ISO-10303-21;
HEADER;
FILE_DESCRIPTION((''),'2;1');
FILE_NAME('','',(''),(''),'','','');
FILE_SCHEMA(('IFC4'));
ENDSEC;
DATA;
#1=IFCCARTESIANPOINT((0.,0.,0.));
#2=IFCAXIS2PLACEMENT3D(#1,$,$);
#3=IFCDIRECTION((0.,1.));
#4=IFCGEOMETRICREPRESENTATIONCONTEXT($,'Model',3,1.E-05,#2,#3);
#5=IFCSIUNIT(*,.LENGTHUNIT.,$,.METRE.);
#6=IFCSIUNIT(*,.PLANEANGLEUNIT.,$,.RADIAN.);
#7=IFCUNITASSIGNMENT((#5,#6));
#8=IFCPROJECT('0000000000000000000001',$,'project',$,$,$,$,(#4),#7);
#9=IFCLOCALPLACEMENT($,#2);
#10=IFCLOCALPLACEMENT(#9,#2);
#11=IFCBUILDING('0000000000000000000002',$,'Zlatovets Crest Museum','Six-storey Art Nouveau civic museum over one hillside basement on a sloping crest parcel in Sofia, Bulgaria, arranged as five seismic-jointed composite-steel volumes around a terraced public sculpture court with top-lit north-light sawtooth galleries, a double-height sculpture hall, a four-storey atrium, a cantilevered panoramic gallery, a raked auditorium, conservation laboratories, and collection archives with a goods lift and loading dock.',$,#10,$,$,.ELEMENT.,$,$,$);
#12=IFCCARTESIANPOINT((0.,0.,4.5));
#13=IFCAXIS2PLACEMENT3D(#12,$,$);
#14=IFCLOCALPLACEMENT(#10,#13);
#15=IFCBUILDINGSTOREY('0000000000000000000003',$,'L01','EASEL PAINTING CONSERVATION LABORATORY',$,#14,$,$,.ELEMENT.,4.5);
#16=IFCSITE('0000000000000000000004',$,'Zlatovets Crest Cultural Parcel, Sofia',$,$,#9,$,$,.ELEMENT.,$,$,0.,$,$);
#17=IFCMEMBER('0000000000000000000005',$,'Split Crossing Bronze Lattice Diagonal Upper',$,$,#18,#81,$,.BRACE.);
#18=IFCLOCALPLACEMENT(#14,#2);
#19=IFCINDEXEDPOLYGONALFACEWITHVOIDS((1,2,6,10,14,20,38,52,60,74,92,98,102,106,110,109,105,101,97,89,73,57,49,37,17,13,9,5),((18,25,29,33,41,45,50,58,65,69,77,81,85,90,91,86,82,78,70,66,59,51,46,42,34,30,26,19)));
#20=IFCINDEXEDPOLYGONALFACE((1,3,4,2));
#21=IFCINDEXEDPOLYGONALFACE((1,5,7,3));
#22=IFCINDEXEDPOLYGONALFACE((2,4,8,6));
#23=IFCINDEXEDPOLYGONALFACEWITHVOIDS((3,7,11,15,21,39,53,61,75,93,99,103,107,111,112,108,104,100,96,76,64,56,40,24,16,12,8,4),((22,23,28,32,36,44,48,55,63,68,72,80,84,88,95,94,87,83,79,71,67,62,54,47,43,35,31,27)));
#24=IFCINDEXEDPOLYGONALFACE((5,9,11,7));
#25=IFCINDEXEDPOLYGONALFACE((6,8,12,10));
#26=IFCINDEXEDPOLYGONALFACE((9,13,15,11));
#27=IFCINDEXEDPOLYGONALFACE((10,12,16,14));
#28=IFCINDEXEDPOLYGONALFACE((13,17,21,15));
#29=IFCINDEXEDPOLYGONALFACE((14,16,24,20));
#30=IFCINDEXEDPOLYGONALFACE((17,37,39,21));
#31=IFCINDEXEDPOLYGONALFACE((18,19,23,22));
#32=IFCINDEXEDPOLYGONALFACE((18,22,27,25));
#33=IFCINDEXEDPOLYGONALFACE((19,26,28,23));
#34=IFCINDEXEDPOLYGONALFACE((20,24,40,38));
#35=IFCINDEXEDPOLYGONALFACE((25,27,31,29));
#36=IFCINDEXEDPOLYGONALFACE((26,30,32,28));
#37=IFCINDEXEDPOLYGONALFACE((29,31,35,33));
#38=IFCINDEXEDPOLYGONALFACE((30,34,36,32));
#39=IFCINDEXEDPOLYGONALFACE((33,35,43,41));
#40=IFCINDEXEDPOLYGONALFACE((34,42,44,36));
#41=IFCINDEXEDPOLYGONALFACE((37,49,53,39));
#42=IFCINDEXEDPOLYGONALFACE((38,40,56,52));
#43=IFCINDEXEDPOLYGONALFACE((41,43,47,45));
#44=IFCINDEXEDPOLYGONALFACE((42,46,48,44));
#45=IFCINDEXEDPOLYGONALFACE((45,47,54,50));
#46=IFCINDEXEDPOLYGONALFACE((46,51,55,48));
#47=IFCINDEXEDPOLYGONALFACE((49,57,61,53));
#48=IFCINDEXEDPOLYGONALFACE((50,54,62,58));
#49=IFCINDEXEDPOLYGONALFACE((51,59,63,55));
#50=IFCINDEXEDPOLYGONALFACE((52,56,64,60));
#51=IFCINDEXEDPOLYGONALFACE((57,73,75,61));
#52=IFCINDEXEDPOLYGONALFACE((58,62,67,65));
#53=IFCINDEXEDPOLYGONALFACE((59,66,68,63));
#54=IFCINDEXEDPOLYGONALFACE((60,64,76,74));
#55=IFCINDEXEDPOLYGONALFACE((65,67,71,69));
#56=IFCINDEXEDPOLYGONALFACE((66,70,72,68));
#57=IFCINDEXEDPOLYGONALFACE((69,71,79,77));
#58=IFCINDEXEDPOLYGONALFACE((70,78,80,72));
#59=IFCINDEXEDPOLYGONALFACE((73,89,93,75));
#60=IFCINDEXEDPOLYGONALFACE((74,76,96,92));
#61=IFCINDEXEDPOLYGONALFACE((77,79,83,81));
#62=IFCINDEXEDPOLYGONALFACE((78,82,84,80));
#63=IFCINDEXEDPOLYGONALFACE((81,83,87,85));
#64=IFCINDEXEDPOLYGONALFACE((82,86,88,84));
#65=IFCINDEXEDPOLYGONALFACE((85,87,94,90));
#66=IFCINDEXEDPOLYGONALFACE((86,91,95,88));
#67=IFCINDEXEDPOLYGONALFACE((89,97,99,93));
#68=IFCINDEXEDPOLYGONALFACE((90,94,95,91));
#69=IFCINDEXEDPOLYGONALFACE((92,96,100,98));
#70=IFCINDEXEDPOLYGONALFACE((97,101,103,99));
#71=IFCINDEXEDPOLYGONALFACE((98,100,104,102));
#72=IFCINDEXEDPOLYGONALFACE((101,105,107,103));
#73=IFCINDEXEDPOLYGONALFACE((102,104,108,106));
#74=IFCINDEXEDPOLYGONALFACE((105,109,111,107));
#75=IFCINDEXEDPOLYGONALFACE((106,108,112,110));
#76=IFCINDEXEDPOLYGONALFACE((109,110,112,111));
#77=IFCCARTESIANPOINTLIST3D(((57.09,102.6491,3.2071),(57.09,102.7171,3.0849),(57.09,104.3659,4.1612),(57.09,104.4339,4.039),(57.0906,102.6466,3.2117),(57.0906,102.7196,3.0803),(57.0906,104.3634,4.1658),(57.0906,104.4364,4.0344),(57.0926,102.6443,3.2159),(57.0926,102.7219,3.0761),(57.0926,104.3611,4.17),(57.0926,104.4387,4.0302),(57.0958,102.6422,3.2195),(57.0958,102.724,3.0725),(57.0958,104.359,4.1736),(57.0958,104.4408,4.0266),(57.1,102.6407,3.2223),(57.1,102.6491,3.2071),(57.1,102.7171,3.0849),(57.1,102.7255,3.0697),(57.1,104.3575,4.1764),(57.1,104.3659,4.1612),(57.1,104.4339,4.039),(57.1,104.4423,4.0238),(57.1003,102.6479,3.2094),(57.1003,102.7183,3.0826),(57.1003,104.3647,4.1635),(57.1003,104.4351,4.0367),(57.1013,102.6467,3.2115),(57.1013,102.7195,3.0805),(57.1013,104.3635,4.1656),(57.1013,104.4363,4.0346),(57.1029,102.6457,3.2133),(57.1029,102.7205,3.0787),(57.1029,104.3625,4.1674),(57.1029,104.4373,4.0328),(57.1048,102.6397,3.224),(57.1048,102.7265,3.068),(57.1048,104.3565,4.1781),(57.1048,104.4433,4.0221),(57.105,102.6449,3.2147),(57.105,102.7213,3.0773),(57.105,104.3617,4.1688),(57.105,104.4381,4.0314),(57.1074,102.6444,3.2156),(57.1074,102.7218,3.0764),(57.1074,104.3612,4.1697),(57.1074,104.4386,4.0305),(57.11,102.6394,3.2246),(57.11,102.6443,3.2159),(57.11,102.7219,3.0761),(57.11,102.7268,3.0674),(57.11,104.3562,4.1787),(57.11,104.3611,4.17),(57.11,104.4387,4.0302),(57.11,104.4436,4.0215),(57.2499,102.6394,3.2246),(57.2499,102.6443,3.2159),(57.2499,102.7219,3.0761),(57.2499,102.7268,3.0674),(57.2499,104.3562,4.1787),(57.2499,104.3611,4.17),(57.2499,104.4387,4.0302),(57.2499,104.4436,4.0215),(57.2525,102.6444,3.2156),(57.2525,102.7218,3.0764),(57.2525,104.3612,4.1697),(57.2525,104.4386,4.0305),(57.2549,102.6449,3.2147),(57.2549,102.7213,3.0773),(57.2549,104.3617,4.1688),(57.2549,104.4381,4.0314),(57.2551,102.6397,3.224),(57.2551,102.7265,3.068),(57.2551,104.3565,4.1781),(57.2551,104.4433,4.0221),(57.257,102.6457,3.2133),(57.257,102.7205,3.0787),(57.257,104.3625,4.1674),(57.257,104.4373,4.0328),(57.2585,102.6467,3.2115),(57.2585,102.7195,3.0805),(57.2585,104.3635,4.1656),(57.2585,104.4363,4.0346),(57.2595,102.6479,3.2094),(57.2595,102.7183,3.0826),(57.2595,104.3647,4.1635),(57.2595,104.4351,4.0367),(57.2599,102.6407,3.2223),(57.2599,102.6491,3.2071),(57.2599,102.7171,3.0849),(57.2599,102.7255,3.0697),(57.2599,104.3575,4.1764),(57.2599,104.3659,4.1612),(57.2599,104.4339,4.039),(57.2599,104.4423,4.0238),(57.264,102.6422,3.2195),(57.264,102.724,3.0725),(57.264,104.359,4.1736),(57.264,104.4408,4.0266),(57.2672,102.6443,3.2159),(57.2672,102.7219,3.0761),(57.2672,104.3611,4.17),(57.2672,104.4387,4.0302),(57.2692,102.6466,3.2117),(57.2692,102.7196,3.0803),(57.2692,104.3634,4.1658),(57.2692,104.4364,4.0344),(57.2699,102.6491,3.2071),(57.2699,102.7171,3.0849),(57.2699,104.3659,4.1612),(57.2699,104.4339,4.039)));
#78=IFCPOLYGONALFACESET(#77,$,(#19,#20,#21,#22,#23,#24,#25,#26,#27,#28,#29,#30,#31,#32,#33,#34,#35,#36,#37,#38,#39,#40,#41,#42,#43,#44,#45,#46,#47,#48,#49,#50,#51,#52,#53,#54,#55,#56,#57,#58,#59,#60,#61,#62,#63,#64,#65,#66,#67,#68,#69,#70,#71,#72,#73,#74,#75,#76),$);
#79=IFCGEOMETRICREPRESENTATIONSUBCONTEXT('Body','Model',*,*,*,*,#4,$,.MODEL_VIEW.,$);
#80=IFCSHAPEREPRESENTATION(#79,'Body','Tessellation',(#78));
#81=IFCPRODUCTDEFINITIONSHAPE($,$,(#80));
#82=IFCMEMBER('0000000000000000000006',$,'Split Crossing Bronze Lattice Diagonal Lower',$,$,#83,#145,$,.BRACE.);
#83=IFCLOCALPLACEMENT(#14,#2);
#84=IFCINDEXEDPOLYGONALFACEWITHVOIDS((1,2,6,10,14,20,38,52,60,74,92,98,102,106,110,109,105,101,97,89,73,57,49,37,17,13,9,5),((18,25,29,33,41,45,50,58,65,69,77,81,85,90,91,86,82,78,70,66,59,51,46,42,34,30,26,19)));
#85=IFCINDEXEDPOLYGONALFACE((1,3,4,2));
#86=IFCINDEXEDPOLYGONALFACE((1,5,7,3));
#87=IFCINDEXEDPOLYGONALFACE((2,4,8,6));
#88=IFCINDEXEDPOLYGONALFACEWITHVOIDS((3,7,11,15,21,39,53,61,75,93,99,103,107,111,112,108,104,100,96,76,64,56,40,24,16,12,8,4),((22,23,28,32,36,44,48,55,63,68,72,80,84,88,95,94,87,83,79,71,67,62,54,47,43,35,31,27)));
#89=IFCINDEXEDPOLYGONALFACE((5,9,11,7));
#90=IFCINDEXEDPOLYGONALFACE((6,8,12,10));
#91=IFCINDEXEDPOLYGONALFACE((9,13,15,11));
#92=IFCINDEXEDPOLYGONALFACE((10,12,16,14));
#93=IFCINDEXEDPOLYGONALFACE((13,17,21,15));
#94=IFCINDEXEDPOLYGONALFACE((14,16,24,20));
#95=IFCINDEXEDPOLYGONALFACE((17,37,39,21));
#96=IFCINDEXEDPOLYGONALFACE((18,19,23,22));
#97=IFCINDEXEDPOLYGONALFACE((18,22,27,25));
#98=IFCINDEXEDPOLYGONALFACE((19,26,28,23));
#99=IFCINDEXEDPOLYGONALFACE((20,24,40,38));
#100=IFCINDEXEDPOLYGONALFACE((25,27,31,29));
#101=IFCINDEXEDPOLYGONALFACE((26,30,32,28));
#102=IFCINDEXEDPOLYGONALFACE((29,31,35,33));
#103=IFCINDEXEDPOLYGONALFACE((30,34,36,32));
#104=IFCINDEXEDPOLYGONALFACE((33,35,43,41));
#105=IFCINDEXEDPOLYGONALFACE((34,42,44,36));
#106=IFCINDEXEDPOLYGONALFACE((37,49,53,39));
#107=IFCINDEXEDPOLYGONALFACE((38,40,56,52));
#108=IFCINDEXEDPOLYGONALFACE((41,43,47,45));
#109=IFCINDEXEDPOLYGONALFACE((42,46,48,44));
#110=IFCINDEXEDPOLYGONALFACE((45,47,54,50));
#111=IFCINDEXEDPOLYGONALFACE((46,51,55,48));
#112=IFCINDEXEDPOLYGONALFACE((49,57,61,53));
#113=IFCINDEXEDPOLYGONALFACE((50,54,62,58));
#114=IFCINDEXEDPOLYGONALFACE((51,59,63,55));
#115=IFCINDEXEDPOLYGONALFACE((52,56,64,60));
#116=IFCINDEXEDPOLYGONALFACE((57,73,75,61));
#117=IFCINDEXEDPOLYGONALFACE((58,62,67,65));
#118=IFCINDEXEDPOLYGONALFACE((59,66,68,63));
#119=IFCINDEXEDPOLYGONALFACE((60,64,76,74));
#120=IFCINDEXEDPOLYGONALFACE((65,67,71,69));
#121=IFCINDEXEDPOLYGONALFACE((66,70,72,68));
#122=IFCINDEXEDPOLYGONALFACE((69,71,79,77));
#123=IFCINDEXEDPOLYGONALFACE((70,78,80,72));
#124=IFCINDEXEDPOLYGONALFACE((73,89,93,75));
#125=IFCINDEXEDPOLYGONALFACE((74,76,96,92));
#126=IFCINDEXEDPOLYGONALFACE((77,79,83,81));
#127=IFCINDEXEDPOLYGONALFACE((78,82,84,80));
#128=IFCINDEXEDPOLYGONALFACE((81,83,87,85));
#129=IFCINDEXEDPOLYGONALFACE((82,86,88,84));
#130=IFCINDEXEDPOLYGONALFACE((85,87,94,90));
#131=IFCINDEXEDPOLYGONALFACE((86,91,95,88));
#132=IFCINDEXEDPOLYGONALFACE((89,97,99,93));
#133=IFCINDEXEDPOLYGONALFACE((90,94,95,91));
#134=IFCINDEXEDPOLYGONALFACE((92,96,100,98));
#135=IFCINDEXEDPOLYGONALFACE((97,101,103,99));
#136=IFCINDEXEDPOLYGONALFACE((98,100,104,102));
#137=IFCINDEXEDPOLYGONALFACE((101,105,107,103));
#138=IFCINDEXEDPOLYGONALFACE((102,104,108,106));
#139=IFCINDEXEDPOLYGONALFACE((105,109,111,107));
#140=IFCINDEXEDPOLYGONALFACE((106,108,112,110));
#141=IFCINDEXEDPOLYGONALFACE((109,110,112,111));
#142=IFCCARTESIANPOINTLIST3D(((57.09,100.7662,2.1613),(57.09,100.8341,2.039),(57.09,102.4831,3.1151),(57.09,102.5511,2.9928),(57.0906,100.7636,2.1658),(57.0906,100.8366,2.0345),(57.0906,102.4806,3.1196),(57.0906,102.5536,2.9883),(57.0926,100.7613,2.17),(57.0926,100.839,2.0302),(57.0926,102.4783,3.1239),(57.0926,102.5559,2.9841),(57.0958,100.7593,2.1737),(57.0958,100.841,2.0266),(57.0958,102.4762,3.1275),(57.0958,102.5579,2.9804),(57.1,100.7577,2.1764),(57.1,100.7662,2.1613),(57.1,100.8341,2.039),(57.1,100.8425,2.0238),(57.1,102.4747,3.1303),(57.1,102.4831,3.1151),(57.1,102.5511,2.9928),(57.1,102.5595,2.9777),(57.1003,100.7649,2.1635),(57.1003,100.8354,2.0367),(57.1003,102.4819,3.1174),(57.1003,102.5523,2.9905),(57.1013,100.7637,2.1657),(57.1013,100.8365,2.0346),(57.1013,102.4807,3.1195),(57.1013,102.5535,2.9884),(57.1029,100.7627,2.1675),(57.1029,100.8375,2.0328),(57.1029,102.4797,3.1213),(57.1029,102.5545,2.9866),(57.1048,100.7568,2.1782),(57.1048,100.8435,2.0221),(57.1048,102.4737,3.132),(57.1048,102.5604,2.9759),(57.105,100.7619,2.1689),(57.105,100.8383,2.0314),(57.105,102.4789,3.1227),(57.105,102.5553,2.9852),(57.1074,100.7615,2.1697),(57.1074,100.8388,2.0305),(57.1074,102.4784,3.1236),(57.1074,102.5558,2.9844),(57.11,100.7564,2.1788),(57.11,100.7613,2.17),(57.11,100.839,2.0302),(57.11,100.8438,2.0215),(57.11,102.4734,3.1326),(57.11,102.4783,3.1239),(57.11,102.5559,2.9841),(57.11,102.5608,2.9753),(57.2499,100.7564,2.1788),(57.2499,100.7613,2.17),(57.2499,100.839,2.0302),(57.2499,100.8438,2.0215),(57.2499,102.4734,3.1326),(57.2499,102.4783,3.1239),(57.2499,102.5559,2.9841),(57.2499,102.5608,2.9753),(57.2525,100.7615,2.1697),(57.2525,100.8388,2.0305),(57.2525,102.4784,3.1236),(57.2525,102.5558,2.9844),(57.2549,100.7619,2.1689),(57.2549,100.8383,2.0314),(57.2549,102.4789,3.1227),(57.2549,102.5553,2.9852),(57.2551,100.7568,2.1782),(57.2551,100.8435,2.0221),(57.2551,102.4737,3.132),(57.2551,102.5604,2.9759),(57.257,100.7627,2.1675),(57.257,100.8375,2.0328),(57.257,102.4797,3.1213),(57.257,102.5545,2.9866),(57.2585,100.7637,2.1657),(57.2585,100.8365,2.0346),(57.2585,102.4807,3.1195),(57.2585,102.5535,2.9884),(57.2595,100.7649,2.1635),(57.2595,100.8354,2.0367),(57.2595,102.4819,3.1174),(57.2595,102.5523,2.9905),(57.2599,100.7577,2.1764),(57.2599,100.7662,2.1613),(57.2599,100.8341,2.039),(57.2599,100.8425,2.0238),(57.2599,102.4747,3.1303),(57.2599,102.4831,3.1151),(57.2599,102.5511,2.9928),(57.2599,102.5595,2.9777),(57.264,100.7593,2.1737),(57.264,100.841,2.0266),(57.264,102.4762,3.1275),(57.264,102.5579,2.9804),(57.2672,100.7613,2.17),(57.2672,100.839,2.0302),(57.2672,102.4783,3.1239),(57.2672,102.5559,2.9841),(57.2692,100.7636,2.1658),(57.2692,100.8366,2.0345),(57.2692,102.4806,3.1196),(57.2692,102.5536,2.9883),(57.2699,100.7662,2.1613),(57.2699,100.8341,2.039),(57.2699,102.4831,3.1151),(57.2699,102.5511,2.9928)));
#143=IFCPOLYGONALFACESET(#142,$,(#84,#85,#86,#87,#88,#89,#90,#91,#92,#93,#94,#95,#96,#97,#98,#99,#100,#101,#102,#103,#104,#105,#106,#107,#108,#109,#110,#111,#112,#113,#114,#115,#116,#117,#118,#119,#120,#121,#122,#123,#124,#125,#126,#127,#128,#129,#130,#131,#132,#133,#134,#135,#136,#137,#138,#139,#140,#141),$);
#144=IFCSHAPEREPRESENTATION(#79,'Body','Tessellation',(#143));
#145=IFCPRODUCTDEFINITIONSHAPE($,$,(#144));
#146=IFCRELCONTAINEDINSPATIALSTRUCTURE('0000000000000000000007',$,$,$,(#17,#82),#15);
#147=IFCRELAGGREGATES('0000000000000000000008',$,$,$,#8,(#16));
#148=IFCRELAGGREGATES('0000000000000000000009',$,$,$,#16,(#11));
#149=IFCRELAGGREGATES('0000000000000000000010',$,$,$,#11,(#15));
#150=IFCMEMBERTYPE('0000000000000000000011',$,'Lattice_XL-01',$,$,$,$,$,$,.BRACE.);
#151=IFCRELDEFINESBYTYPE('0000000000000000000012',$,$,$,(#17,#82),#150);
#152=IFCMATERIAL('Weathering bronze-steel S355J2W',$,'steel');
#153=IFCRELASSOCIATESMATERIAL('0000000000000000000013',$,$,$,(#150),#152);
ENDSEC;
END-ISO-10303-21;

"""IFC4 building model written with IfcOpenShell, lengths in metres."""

from ifc_helpers import new_model, si_unit, direction, frame, origin, origin_2d, place, context, subcontext, project, spatial, hollow_rectangle, extrude, material, material_profile, profile_set, type_object, element, save


model = new_model("IFC4")

# Units and contexts
model_context = context("Model", 3, precision=1e-05, world=origin(), true_north=direction((0.0, 1.0)))
body_context = subcontext(model_context, "Body", "Model", "MODEL_VIEW")
ifc_project = project(units=[si_unit("LENGTHUNIT", "METRE"), si_unit("PLANEANGLEUNIT", "RADIAN")], contexts=[model_context])

# Site, building, storey
site_placement = place(None, origin())
site = spatial("IfcSite", under=ifc_project, at=site_placement, Name="Zlatovets Crest Cultural Parcel, Sofia", CompositionType="ELEMENT", RefElevation=0.0)
building_placement = place(site_placement, origin())
building = spatial("IfcBuilding", under=site, at=building_placement, Name="Zlatovets Crest Museum", Description="Six-storey Art Nouveau civic museum over one hillside basement on a sloping crest parcel in Sofia, Bulgaria, arranged as five seismic-jointed composite-steel volumes around a terraced public sculpture court with top-lit north-light sawtooth galleries, a double-height sculpture hall, a four-storey atrium, a cantilevered panoramic gallery, a raked auditorium, conservation laboratories, and collection archives with a goods lift and loading dock.", CompositionType="ELEMENT")
storey_placement = place(building_placement, frame((0.0, 0.0, 4.5)))
storey = spatial("IfcBuildingStorey", under=building, at=storey_placement, Name="L01", Description="EASEL PAINTING CONSERVATION LABORATORY", CompositionType="ELEMENT", Elevation=4.5)

# Members
ifc_material_1 = material(Name="Weathering bronze-steel S355J2W", Category="steel")
ifc_material_profile_1 = material_profile(ifc_material_1, hollow_rectangle(XDim=0.1799, YDim=0.1799, WallThickness=0.01, InnerFilletRadius=0.01, OuterFilletRadius=0.02, at=origin_2d()), Name="SHS 180x180x10.0")
ifc_profile_set_1 = profile_set([ifc_material_profile_1], Name="Weathering bronze-steel S355J2W")
member_type_1 = type_object("IfcMemberType", Name="Lattice_XL-01", PredefinedType="BRACE", material=ifc_profile_set_1)
for number, where, z_axis, x_axis, name in (
    (1, (57.1799, 104.3999, 4.1001), (0.0, -0.874087, -0.48577), (1.0, 0.0, 0.0), "Split Crossing Bronze Lattice Diagonal Upper"),
    (2, (57.1799, 102.5171, 3.054), (0.0, -0.874169, -0.485622), (1.0, 0.0, 0.0), "Split Crossing Bronze Lattice Diagonal Lower"),
):
    element("IfcMember", number, at=place(storey_placement, frame(where, z_axis=z_axis, x_axis=x_axis)), inside=storey, type_object=member_type_1, Name=name, PredefinedType="BRACE", context=body_context, shape_type="SweptSolid", body=[
        extrude(hollow_rectangle(XDim=0.1799, YDim=0.1799, WallThickness=0.01, InnerFilletRadius=0.01, OuterFilletRadius=0.02, at=origin_2d()), origin(), (0.0, 0.0, 1.0), 1.9641),
    ])

save(model, "model.ifc")
